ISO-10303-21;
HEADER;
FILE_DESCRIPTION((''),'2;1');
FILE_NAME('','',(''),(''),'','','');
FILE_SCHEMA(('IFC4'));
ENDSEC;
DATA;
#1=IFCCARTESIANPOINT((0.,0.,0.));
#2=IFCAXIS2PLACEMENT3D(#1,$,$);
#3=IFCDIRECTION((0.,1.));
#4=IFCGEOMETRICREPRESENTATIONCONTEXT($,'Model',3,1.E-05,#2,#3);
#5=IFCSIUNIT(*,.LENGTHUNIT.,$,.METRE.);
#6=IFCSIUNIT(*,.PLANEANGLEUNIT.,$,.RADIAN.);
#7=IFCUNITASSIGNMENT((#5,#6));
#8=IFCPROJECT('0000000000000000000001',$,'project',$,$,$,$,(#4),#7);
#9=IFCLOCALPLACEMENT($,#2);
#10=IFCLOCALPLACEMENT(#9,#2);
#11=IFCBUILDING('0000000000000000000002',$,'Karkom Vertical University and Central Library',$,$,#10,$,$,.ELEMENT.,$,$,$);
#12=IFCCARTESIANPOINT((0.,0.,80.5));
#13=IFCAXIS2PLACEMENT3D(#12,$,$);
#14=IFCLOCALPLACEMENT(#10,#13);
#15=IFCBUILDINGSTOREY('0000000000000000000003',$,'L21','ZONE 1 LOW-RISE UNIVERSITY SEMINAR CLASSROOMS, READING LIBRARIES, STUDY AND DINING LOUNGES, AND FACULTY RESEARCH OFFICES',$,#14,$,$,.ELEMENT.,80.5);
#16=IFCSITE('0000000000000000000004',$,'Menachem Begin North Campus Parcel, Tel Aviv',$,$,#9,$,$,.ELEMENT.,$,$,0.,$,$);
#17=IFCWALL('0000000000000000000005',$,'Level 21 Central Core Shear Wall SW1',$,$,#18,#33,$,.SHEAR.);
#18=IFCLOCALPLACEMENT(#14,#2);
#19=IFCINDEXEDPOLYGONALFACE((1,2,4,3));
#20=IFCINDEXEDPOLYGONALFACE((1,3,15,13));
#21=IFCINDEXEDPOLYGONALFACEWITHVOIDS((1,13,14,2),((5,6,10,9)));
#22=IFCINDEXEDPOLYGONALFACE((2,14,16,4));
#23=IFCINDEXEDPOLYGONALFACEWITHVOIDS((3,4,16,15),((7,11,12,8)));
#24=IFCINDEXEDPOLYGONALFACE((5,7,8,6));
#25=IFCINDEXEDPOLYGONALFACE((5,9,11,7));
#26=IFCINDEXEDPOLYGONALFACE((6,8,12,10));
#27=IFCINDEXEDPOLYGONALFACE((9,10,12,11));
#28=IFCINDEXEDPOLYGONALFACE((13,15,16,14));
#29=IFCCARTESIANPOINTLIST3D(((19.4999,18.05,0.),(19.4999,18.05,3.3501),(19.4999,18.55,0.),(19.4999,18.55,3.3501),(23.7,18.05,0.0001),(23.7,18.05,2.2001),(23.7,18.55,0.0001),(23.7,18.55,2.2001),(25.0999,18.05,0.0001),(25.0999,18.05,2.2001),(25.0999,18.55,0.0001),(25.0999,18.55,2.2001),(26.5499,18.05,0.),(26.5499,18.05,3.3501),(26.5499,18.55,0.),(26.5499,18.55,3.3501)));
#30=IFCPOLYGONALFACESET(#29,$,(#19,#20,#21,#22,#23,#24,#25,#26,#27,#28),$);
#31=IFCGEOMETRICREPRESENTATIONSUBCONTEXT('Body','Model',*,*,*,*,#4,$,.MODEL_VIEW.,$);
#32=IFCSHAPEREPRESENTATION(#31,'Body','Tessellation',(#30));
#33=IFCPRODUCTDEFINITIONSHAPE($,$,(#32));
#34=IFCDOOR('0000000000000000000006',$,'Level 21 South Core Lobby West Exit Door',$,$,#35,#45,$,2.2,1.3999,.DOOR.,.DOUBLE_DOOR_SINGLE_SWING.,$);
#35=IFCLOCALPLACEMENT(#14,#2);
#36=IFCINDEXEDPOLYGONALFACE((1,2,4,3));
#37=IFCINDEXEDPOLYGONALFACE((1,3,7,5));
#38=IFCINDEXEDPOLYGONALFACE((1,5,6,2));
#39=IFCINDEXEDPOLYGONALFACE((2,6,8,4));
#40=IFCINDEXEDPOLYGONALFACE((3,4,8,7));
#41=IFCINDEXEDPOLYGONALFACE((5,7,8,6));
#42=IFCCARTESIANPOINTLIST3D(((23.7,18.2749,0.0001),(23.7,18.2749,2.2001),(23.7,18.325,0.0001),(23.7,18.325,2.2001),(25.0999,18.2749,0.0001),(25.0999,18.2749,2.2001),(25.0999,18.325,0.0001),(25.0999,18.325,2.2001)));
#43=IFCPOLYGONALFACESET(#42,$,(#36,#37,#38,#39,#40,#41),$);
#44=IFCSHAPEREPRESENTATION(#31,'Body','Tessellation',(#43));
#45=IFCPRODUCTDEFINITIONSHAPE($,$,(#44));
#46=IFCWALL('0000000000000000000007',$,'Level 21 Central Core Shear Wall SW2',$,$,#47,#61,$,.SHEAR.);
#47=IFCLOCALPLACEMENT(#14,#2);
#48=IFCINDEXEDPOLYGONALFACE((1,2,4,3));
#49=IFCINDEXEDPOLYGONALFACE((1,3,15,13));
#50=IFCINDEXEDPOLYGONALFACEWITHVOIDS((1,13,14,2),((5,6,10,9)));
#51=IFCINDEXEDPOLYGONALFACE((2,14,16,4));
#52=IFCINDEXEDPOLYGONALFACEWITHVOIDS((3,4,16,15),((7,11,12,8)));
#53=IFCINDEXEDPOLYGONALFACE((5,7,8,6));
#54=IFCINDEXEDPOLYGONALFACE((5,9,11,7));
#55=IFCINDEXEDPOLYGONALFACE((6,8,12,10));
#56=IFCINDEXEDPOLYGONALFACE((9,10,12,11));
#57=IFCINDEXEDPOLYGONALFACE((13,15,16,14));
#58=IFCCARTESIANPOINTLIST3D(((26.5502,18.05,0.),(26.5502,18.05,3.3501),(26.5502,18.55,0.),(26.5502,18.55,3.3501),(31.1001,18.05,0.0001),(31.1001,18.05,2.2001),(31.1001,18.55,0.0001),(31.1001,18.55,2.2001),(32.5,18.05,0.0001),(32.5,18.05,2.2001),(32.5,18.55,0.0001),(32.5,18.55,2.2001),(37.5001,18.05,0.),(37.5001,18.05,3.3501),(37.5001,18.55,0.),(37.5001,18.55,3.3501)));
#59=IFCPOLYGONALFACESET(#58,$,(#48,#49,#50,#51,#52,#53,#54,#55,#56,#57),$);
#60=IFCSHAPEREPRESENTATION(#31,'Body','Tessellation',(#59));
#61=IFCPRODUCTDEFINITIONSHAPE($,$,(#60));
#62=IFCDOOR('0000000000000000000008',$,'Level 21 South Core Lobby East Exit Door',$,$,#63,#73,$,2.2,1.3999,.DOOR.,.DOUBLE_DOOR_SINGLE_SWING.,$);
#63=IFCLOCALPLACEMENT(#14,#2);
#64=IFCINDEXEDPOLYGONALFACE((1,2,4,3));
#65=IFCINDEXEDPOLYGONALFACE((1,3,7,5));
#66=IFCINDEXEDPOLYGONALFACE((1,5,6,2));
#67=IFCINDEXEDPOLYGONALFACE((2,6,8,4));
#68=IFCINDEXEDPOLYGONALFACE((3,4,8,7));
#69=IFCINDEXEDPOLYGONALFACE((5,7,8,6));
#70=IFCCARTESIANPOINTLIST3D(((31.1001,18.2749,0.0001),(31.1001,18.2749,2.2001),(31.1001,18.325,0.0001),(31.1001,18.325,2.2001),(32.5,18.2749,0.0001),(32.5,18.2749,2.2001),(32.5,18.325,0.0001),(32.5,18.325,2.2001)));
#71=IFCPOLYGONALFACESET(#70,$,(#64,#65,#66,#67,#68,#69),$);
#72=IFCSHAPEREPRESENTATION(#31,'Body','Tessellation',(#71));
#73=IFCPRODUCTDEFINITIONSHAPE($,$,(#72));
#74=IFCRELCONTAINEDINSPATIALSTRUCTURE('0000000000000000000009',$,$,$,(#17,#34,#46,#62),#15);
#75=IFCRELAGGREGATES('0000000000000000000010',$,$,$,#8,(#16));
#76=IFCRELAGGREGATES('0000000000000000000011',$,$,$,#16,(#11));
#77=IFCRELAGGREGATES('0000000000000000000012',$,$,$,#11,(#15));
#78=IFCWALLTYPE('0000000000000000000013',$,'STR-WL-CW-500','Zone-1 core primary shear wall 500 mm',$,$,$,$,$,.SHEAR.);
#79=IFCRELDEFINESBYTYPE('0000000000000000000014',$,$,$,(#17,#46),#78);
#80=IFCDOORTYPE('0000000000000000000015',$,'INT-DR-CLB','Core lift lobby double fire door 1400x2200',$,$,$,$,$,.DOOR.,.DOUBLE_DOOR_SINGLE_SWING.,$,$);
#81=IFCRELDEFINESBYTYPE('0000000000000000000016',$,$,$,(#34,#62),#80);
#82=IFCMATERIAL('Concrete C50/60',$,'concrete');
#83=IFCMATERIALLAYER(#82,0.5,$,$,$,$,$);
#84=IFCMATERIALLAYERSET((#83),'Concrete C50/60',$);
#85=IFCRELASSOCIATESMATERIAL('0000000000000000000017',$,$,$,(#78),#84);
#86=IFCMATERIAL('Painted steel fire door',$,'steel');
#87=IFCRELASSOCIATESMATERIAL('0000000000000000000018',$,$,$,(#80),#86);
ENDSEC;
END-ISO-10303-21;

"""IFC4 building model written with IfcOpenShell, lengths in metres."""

from ifc_helpers import new_model, si_unit, direction, frame, frame_2d, origin, origin_with_axes, place, context, subcontext, project, spatial, rectangle, extrude, source, transform, mapped, material, layer, layer_set, type_object, element, fill, save


model = new_model("IFC4")

# Units and contexts
model_context = context("Model", 3, precision=1e-05, world=origin(), true_north=direction((0.0, 1.0)))
body_context = subcontext(model_context, "Body", "Model", "MODEL_VIEW")
ifc_project = project(units=[si_unit("LENGTHUNIT", "METRE"), si_unit("PLANEANGLEUNIT", "RADIAN")], contexts=[model_context])

# Site, building, storey
site_placement = place(None, origin())
site = spatial("IfcSite", under=ifc_project, at=site_placement, Name="Menachem Begin North Campus Parcel, Tel Aviv", CompositionType="ELEMENT", RefElevation=0.0)
building_placement = place(site_placement, origin())
building = spatial("IfcBuilding", under=site, at=building_placement, Name="Karkom Vertical University and Central Library", CompositionType="ELEMENT")
storey_placement = place(building_placement, frame((0.0, 0.0, 80.5)))
storey = spatial("IfcBuildingStorey", under=building, at=storey_placement, Name="L21", Description="ZONE 1 LOW-RISE UNIVERSITY SEMINAR CLASSROOMS, READING LIBRARIES, STUDY AND DINING LOUNGES, AND FACULTY RESEARCH OFFICES", CompositionType="ELEMENT", Elevation=80.5)

# Shared definitions
ifc_material_1 = material(Name="Concrete C50/60", Category="concrete")

# Walls, openings, doors
ifc_layer_1 = layer(ifc_material_1, 0.5)
ifc_layer_set_1 = layer_set([ifc_layer_1], Name="Concrete C50/60")
wall_type_1 = type_object("IfcWallType", Name="STR-WL-CW-500", Description="Zone-1 core primary shear wall 500 mm", PredefinedType="SHEAR", material=ifc_layer_set_1)
wall_1_placement = place(storey_placement, frame((19.5, 18.3, 0.0), z_axis=(0.0, 0.0, 1.0), x_axis=(1.0, 0.0, 0.0)))
wall_1 = element("IfcWall", 1, at=wall_1_placement, inside=storey, type_object=wall_type_1, Name="Level 21 Central Core Shear Wall SW1", PredefinedType="SHEAR", context=body_context, shape_type="SweptSolid", body=[
    extrude(rectangle(XDim=7.05, YDim=0.5, at=frame_2d((3.5249, 0.0))), origin(), (0.0, 0.0, 1.0), 3.3501),
])
opening_1_placement = place(wall_1_placement, frame((4.2, 0.0, 0.0)))
opening_1 = element("IfcOpeningElement", 2, at=opening_1_placement, cuts=wall_1, PredefinedType="OPENING", context=body_context, shape_type="SweptSolid", body=[
    extrude(rectangle(XDim=1.3999, YDim=2.2, at=frame_2d((0.7, 1.1001))), frame((0.0, 0.26, 0.0), z_axis=(0.0, -1.0, 0.0), x_axis=(1.0, 0.0, 0.0)), (0.0, 0.0, 1.0), 0.52),
])
ifc_material_2 = material(Name="Painted steel fire door", Category="steel")
door_type = type_object("IfcDoorType", Name="INT-DR-CLB", Description="Core lift lobby double fire door 1400x2200", OperationType="DOUBLE_DOOR_SINGLE_SWING", PredefinedType="DOOR", material=ifc_material_2)
shared_shape_1 = source(origin_with_axes(), body_context, "Body", "SweptSolid", [
    extrude(rectangle(XDim=1.3999, YDim=2.2, at=frame_2d((0.7, 1.1001))), frame((0.0, 0.0249, 0.0), z_axis=(0.0, -1.0, 0.0), x_axis=(1.0, 0.0, 0.0)), (0.0, 0.0, 1.0), 0.05),
])
door_1_placement = place(opening_1_placement, origin())
door_1 = element("IfcDoor", 3, at=door_1_placement, inside=storey, type_object=door_type, Name="Level 21 South Core Lobby West Exit Door", OperationType="DOUBLE_DOOR_SINGLE_SWING", OverallHeight=2.2, OverallWidth=1.3999, PredefinedType="DOOR", context=body_context, shape_type="MappedRepresentation", body=[
    mapped(shared_shape_1, transform((0.0, 0.0, 0.0), scale=1.0)),
])
fill(opening_1, door_1)
wall_2_placement = place(storey_placement, frame((26.55, 18.3, 0.0), z_axis=(0.0, 0.0, 1.0), x_axis=(1.0, 0.0, 0.0)))
wall_2 = element("IfcWall", 4, at=wall_2_placement, inside=storey, type_object=wall_type_1, Name="Level 21 Central Core Shear Wall SW2", PredefinedType="SHEAR", context=body_context, shape_type="SweptSolid", body=[
    extrude(rectangle(XDim=10.95, YDim=0.5, at=frame_2d((5.4751, 0.0))), origin(), (0.0, 0.0, 1.0), 3.3501),
])
opening_2_placement = place(wall_2_placement, frame((4.55, 0.0, 0.0)))
opening_2 = element("IfcOpeningElement", 5, at=opening_2_placement, cuts=wall_2, PredefinedType="OPENING", context=body_context, shape_type="SweptSolid", body=[
    extrude(rectangle(XDim=1.3999, YDim=2.2, at=frame_2d((0.7, 1.1001))), frame((0.0, 0.26, 0.0), z_axis=(0.0, -1.0, 0.0), x_axis=(1.0, 0.0, 0.0)), (0.0, 0.0, 1.0), 0.52),
])
door_2_placement = place(opening_2_placement, origin())
door_2 = element("IfcDoor", 6, at=door_2_placement, inside=storey, type_object=door_type, Name="Level 21 South Core Lobby East Exit Door", OperationType="DOUBLE_DOOR_SINGLE_SWING", OverallHeight=2.2, OverallWidth=1.3999, PredefinedType="DOOR", context=body_context, shape_type="MappedRepresentation", body=[
    mapped(shared_shape_1, transform((0.0, 0.0, 0.0), scale=1.0)),
])
fill(opening_2, door_2)

save(model, "model.ifc")
